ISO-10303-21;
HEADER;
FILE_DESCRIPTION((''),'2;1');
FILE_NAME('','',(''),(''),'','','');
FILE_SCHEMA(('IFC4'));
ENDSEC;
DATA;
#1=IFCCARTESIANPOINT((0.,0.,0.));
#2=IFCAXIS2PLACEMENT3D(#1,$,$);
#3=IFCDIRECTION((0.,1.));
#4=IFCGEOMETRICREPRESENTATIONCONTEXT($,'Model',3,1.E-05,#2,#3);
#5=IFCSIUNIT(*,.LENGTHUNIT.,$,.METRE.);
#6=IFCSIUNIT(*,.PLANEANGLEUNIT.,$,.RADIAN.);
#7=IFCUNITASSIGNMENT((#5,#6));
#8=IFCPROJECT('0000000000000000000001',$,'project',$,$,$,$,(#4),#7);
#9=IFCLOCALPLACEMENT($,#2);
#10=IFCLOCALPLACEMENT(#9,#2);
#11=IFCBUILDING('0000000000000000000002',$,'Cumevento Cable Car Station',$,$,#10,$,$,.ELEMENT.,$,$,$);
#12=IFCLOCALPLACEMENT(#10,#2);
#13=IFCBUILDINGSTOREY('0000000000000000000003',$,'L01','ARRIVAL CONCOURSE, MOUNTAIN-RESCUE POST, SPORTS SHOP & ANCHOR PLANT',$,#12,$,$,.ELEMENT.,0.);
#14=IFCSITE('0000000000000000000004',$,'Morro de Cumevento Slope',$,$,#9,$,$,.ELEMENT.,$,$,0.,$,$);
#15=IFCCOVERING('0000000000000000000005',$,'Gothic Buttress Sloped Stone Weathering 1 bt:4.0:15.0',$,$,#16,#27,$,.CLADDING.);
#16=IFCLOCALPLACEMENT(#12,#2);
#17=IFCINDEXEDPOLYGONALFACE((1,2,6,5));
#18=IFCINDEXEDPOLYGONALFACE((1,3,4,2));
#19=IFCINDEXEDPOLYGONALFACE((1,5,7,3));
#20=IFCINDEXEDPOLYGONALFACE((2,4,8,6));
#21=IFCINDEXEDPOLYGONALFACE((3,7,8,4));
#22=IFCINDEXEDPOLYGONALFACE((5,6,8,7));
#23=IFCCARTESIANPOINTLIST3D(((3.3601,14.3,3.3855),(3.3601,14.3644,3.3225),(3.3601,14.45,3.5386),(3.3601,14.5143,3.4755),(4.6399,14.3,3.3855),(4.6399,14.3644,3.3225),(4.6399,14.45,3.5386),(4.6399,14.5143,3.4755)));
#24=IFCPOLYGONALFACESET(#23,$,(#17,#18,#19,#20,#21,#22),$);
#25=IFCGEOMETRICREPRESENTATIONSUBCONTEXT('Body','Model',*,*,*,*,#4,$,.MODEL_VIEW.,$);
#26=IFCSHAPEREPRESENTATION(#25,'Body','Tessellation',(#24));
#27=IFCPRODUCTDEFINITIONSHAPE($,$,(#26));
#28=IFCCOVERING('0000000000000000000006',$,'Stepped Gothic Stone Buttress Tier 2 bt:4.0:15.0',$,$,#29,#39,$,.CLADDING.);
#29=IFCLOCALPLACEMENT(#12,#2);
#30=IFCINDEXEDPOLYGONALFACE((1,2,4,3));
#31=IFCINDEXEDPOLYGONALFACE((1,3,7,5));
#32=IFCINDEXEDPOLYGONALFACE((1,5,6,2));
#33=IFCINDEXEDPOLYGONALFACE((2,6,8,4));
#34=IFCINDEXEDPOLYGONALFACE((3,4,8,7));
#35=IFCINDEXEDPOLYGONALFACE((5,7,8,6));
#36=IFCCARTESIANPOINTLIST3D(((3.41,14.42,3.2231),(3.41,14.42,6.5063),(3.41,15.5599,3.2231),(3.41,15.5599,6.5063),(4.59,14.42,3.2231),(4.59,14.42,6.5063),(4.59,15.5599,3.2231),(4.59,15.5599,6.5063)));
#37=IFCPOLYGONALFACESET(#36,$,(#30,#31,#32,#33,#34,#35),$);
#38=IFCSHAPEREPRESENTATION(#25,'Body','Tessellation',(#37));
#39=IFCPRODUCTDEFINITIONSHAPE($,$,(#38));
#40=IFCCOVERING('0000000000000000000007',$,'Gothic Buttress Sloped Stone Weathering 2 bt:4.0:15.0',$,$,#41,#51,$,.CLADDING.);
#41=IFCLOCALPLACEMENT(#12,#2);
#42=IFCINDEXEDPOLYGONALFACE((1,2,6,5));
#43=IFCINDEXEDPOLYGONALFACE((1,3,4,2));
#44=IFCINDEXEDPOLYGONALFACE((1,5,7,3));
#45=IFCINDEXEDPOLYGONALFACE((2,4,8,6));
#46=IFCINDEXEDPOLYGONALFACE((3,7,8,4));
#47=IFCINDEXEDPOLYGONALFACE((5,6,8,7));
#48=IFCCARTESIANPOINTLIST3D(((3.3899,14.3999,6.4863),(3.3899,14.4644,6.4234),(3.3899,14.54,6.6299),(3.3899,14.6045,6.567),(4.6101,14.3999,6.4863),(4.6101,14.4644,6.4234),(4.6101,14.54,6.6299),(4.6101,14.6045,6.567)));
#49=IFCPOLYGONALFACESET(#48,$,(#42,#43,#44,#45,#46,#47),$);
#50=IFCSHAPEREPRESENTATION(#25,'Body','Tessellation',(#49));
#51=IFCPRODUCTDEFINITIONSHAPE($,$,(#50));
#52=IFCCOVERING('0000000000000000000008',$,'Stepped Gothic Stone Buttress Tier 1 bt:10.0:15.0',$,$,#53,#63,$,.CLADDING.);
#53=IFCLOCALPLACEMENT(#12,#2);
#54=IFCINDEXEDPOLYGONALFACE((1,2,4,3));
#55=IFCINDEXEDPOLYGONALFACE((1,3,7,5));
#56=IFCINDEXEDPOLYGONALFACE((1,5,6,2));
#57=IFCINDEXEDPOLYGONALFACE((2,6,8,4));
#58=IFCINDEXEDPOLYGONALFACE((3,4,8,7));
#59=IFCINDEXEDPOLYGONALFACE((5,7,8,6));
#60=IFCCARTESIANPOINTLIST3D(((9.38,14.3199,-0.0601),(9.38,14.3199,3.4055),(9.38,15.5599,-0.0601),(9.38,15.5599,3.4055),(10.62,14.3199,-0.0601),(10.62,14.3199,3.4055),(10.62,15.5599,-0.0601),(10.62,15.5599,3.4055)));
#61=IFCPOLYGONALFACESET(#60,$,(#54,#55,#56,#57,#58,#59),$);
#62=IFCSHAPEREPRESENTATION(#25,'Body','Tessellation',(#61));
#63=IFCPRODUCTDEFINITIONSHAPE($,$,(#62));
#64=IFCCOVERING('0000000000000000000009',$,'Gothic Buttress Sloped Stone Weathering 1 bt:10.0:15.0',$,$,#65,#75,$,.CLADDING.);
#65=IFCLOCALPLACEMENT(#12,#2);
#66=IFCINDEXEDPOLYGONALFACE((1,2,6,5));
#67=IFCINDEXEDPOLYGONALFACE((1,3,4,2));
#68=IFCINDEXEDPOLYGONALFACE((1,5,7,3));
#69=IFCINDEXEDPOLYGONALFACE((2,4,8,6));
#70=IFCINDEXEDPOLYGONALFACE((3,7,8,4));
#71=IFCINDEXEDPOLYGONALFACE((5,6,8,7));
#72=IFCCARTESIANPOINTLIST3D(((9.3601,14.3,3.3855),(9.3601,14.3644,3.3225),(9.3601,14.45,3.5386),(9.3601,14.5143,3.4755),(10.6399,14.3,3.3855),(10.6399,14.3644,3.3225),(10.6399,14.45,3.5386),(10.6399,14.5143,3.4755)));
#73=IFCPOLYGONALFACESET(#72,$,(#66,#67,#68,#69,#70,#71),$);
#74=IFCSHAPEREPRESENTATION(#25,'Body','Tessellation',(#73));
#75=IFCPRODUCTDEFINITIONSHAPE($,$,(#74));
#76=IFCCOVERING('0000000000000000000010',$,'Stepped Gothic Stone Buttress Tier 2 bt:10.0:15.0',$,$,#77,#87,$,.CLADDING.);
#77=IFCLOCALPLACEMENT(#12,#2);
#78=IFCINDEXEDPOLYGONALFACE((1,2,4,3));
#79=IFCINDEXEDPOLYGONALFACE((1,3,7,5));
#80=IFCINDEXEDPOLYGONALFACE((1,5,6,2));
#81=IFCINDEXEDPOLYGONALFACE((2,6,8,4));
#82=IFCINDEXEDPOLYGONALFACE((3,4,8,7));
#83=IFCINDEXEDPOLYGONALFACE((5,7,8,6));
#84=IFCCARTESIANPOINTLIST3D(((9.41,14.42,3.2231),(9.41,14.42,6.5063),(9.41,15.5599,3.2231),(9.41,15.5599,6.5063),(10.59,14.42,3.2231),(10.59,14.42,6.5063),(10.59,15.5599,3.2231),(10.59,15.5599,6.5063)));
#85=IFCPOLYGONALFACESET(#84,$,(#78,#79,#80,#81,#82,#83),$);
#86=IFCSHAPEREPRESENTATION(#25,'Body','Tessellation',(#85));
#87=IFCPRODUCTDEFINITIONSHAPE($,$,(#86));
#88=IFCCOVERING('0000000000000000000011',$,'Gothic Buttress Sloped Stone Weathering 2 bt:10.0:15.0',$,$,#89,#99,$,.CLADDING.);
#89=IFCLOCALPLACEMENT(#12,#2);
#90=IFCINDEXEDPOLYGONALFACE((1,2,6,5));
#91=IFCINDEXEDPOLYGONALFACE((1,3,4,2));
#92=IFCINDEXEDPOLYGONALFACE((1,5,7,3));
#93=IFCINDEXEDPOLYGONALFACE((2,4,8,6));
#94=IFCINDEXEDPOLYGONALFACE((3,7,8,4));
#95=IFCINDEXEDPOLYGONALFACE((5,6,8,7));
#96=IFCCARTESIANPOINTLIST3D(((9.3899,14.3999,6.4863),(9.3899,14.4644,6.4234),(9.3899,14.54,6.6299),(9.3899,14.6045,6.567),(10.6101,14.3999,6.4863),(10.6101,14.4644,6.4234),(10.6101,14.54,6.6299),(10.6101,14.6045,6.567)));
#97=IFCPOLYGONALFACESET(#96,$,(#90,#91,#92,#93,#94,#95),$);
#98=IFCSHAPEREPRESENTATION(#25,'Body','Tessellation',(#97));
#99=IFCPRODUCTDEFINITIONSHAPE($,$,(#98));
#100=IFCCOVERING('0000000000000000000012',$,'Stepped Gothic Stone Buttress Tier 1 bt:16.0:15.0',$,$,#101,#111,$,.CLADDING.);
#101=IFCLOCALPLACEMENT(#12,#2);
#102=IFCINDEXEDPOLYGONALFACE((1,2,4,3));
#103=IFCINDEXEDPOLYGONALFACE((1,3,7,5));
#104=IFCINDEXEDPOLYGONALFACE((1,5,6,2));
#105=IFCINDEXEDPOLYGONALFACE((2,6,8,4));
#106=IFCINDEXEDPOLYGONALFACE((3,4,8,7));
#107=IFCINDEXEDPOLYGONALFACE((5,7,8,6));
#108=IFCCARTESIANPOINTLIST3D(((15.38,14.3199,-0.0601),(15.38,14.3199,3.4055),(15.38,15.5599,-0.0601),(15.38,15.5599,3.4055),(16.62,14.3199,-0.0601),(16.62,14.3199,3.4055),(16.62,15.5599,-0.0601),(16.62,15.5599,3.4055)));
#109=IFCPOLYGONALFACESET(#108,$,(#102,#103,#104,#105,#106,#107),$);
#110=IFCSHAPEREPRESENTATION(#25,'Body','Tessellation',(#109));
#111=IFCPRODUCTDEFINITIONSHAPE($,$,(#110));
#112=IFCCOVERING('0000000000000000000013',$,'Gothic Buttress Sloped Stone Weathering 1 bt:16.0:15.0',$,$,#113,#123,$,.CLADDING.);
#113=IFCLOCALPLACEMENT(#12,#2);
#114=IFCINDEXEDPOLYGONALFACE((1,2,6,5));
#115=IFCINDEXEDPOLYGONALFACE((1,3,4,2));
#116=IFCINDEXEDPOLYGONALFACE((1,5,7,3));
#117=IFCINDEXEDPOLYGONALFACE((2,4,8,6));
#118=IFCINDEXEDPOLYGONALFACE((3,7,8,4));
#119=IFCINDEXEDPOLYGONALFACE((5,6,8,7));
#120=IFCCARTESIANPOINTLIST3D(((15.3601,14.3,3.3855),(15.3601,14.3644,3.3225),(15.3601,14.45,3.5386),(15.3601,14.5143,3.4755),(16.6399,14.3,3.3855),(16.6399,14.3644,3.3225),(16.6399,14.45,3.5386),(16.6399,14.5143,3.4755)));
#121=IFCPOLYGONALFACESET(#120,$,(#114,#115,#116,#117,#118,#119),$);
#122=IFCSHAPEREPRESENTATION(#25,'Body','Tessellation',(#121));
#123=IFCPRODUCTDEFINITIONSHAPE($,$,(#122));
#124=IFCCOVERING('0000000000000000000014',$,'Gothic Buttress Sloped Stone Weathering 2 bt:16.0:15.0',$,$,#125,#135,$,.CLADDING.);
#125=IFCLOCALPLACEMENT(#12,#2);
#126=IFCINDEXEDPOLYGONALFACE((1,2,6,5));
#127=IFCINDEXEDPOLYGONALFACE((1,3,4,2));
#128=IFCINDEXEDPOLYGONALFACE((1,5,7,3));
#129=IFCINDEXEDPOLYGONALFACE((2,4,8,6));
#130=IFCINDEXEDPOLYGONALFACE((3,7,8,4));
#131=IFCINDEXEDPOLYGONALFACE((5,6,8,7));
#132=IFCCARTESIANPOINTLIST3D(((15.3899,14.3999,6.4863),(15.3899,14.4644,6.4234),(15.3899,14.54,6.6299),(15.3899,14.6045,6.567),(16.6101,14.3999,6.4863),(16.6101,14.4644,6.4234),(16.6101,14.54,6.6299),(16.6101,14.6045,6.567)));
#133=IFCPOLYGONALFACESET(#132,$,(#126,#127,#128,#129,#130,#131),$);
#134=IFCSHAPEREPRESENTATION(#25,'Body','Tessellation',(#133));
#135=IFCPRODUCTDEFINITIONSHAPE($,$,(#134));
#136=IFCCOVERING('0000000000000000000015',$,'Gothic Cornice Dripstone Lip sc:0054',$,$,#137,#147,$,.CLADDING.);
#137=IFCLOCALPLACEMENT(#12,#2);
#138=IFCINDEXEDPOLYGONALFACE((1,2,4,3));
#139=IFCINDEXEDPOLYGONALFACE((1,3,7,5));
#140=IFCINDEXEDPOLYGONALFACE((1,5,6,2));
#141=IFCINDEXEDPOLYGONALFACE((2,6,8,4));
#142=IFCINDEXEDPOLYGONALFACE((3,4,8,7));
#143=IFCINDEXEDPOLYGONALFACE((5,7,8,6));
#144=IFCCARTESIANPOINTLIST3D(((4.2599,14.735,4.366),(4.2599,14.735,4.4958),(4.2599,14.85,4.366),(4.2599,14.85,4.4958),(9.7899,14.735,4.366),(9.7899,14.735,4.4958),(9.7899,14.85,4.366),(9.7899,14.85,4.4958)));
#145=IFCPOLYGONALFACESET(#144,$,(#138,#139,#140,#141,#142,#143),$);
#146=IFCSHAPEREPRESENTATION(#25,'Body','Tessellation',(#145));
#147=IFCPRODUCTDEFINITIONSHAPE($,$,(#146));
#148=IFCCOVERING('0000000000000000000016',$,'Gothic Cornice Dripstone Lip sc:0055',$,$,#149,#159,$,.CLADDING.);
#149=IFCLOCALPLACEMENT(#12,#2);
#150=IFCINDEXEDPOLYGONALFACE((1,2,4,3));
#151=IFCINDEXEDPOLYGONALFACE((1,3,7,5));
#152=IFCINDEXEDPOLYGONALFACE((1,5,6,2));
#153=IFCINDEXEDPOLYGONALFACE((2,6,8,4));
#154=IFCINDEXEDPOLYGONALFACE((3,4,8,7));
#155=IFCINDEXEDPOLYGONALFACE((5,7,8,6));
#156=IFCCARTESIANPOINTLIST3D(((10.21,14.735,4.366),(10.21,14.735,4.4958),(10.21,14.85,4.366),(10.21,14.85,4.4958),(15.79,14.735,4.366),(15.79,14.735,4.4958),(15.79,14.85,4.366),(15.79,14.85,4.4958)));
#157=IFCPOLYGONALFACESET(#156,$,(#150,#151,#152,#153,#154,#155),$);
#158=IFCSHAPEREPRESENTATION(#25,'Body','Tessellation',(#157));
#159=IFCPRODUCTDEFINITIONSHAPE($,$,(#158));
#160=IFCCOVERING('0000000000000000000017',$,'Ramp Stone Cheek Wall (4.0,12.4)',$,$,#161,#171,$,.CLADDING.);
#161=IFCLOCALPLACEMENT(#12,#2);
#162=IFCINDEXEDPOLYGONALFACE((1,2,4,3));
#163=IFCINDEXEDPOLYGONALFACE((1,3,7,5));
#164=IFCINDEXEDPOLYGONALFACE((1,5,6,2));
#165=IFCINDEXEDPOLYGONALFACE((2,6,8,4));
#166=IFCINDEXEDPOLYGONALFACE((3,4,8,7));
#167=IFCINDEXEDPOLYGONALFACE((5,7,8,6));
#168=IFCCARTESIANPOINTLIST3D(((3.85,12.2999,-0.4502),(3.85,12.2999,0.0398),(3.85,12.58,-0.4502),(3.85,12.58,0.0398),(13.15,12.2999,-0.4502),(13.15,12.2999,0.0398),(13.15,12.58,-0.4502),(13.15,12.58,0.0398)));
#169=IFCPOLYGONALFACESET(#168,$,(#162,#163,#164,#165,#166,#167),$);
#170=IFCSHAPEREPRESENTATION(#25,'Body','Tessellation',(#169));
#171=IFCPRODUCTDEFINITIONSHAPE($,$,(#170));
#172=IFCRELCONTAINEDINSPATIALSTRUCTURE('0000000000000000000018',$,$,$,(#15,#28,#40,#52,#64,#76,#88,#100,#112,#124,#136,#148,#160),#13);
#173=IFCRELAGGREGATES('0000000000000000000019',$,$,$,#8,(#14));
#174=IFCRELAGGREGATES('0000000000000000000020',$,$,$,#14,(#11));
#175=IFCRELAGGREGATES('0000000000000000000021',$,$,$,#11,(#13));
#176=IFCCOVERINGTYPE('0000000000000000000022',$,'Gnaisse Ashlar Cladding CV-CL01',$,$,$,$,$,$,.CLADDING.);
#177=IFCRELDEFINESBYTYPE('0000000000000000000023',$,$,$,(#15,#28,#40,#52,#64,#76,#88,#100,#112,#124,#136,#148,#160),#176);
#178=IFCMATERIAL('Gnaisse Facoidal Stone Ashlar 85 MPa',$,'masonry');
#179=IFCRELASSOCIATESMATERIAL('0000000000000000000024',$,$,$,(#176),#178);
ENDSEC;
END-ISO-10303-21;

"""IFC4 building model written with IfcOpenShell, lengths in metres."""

from ifc_helpers import new_model, si_unit, direction, frame, origin, origin_2d, place, context, subcontext, project, spatial, polyline, rectangle, outline, extrude, material, type_object, element, save


model = new_model("IFC4")

# Units and contexts
model_context = context("Model", 3, precision=1e-05, world=origin(), true_north=direction((0.0, 1.0)))
body_context = subcontext(model_context, "Body", "Model", "MODEL_VIEW")
ifc_project = project(units=[si_unit("LENGTHUNIT", "METRE"), si_unit("PLANEANGLEUNIT", "RADIAN")], contexts=[model_context])

# Site, building, storey
site_placement = place(None, origin())
site = spatial("IfcSite", under=ifc_project, at=site_placement, Name="Morro de Cumevento Slope", CompositionType="ELEMENT", RefElevation=0.0)
building_placement = place(site_placement, origin())
building = spatial("IfcBuilding", under=site, at=building_placement, Name="Cumevento Cable Car Station", CompositionType="ELEMENT")
storey_placement = place(building_placement, origin())
storey = spatial("IfcBuildingStorey", under=building, at=storey_placement, Name="L01", Description="ARRIVAL CONCOURSE, MOUNTAIN-RESCUE POST, SPORTS SHOP & ANCHOR PLANT", CompositionType="ELEMENT", Elevation=0.0)

# Coverings
ifc_material_1 = material(Name="Gnaisse Facoidal Stone Ashlar 85 MPa", Category="masonry")
covering_type = type_object("IfcCoveringType", Name="Gnaisse Ashlar Cladding CV-CL01", PredefinedType="CLADDING", material=ifc_material_1)
covering_1_placement = place(storey_placement, frame((3.3601, 14.3, 3.3855), z_axis=(0.0, -0.714475, 0.699661), x_axis=(1.0, 0.0, 0.0)))
element("IfcCovering", 1, at=covering_1_placement, inside=storey, type_object=covering_type, Name="Gothic Buttress Sloped Stone Weathering 1 bt:4.0:15.0", PredefinedType="CLADDING", context=body_context, shape_type="SweptSolid", body=[
    extrude(outline(polyline([(0.0, 0.0), (1.2798, 0.0), (1.2798, 0.2142), (0.0, 0.2142), (0.0, 0.0)])), origin(), (0.0, 0.0, -1.0), 0.0901),
])
covering_2_placement = place(storey_placement, frame((4.0, 14.99, 3.2231), z_axis=(0.0, 0.0, 1.0), x_axis=(1.0, 0.0, 0.0)))
element("IfcCovering", 2, at=covering_2_placement, inside=storey, type_object=covering_type, Name="Stepped Gothic Stone Buttress Tier 2 bt:4.0:15.0", PredefinedType="CLADDING", context=body_context, shape_type="SweptSolid", body=[
    extrude(rectangle(XDim=1.1799, YDim=1.1399, at=origin_2d()), origin(), (0.0, 0.0, 1.0), 3.2832),
])
covering_3_placement = place(storey_placement, frame((3.3899, 14.3999, 6.4863), z_axis=(0.0, -0.715574, 0.698537), x_axis=(1.0, 0.0, 0.0)))
element("IfcCovering", 3, at=covering_3_placement, inside=storey, type_object=covering_type, Name="Gothic Buttress Sloped Stone Weathering 2 bt:4.0:15.0", PredefinedType="CLADDING", context=body_context, shape_type="SweptSolid", body=[
    extrude(outline(polyline([(0.0, 0.0), (1.2202, 0.0), (1.2202, 0.2006), (0.0, 0.2006), (0.0, 0.0)])), origin(), (0.0, 0.0, -1.0), 0.0901),
])
covering_4_placement = place(storey_placement, frame((10.0, 14.9399, -0.0601), z_axis=(0.0, 0.0, 1.0), x_axis=(1.0, 0.0, 0.0)))
element("IfcCovering", 4, at=covering_4_placement, inside=storey, type_object=covering_type, Name="Stepped Gothic Stone Buttress Tier 1 bt:10.0:15.0", PredefinedType="CLADDING", context=body_context, shape_type="SweptSolid", body=[
    extrude(rectangle(XDim=1.24, YDim=1.24, at=origin_2d()), origin(), (0.0, 0.0, 1.0), 3.4656),
])
covering_5_placement = place(storey_placement, frame((9.3601, 14.3, 3.3855), z_axis=(0.0, -0.714475, 0.699661), x_axis=(1.0, 0.0, 0.0)))
element("IfcCovering", 5, at=covering_5_placement, inside=storey, type_object=covering_type, Name="Gothic Buttress Sloped Stone Weathering 1 bt:10.0:15.0", PredefinedType="CLADDING", context=body_context, shape_type="SweptSolid", body=[
    extrude(outline(polyline([(0.0, 0.0), (1.2798, 0.0), (1.2798, 0.2142), (0.0, 0.2142), (0.0, 0.0)])), origin(), (0.0, 0.0, -1.0), 0.0901),
])
covering_6_placement = place(storey_placement, frame((10.0, 14.99, 3.2231), z_axis=(0.0, 0.0, 1.0), x_axis=(1.0, 0.0, 0.0)))
element("IfcCovering", 6, at=covering_6_placement, inside=storey, type_object=covering_type, Name="Stepped Gothic Stone Buttress Tier 2 bt:10.0:15.0", PredefinedType="CLADDING", context=body_context, shape_type="SweptSolid", body=[
    extrude(rectangle(XDim=1.1799, YDim=1.1399, at=origin_2d()), origin(), (0.0, 0.0, 1.0), 3.2832),
])
covering_7_placement = place(storey_placement, frame((9.3899, 14.3999, 6.4863), z_axis=(0.0, -0.715574, 0.698537), x_axis=(1.0, 0.0, 0.0)))
element("IfcCovering", 7, at=covering_7_placement, inside=storey, type_object=covering_type, Name="Gothic Buttress Sloped Stone Weathering 2 bt:10.0:15.0", PredefinedType="CLADDING", context=body_context, shape_type="SweptSolid", body=[
    extrude(outline(polyline([(0.0, 0.0), (1.2202, 0.0), (1.2202, 0.2006), (0.0, 0.2006), (0.0, 0.0)])), origin(), (0.0, 0.0, -1.0), 0.0901),
])
covering_8_placement = place(storey_placement, frame((16.0, 14.9399, -0.0601), z_axis=(0.0, 0.0, 1.0), x_axis=(1.0, 0.0, 0.0)))
element("IfcCovering", 8, at=covering_8_placement, inside=storey, type_object=covering_type, Name="Stepped Gothic Stone Buttress Tier 1 bt:16.0:15.0", PredefinedType="CLADDING", context=body_context, shape_type="SweptSolid", body=[
    extrude(rectangle(XDim=1.24, YDim=1.24, at=origin_2d()), origin(), (0.0, 0.0, 1.0), 3.4656),
])
covering_9_placement = place(storey_placement, frame((15.3601, 14.3, 3.3855), z_axis=(0.0, -0.714475, 0.699661), x_axis=(1.0, 0.0, 0.0)))
element("IfcCovering", 9, at=covering_9_placement, inside=storey, type_object=covering_type, Name="Gothic Buttress Sloped Stone Weathering 1 bt:16.0:15.0", PredefinedType="CLADDING", context=body_context, shape_type="SweptSolid", body=[
    extrude(outline(polyline([(0.0, 0.0), (1.2798, 0.0), (1.2798, 0.2142), (0.0, 0.2142), (0.0, 0.0)])), origin(), (0.0, 0.0, -1.0), 0.0901),
])
covering_10_placement = place(storey_placement, frame((15.3899, 14.3999, 6.4863), z_axis=(0.0, -0.715574, 0.698537), x_axis=(1.0, 0.0, 0.0)))
element("IfcCovering", 10, at=covering_10_placement, inside=storey, type_object=covering_type, Name="Gothic Buttress Sloped Stone Weathering 2 bt:16.0:15.0", PredefinedType="CLADDING", context=body_context, shape_type="SweptSolid", body=[
    extrude(outline(polyline([(0.0, 0.0), (1.2202, 0.0), (1.2202, 0.2006), (0.0, 0.2006), (0.0, 0.0)])), origin(), (0.0, 0.0, -1.0), 0.0901),
])
covering_11_placement = place(storey_placement, frame((7.0249, 14.7925, 4.366), z_axis=(0.0, 0.0, 1.0), x_axis=(-1.0, 0.0, 0.0)))
element("IfcCovering", 11, at=covering_11_placement, inside=storey, type_object=covering_type, Name="Gothic Cornice Dripstone Lip sc:0054", PredefinedType="CLADDING", context=body_context, shape_type="SweptSolid", body=[
    extrude(rectangle(XDim=5.53, YDim=0.115, at=origin_2d()), origin(), (0.0, 0.0, 1.0), 0.1299),
])
covering_12_placement = place(storey_placement, frame((13.0, 14.7925, 4.366), z_axis=(0.0, 0.0, 1.0), x_axis=(-1.0, 0.0, 0.0)))
element("IfcCovering", 12, at=covering_12_placement, inside=storey, type_object=covering_type, Name="Gothic Cornice Dripstone Lip sc:0055", PredefinedType="CLADDING", context=body_context, shape_type="SweptSolid", body=[
    extrude(rectangle(XDim=5.5801, YDim=0.115, at=origin_2d()), origin(), (0.0, 0.0, 1.0), 0.1299),
])
covering_13_placement = place(storey_placement, frame((8.5, 12.4399, -0.4502), z_axis=(0.0, 0.0, 1.0), x_axis=(1.0, 0.0, 0.0)))
element("IfcCovering", 13, at=covering_13_placement, inside=storey, type_object=covering_type, Name="Ramp Stone Cheek Wall (4.0,12.4)", PredefinedType="CLADDING", context=body_context, shape_type="SweptSolid", body=[
    extrude(rectangle(XDim=9.3, YDim=0.28, at=origin_2d()), origin(), (0.0, 0.0, 1.0), 0.49),
])

save(model, "model.ifc")
